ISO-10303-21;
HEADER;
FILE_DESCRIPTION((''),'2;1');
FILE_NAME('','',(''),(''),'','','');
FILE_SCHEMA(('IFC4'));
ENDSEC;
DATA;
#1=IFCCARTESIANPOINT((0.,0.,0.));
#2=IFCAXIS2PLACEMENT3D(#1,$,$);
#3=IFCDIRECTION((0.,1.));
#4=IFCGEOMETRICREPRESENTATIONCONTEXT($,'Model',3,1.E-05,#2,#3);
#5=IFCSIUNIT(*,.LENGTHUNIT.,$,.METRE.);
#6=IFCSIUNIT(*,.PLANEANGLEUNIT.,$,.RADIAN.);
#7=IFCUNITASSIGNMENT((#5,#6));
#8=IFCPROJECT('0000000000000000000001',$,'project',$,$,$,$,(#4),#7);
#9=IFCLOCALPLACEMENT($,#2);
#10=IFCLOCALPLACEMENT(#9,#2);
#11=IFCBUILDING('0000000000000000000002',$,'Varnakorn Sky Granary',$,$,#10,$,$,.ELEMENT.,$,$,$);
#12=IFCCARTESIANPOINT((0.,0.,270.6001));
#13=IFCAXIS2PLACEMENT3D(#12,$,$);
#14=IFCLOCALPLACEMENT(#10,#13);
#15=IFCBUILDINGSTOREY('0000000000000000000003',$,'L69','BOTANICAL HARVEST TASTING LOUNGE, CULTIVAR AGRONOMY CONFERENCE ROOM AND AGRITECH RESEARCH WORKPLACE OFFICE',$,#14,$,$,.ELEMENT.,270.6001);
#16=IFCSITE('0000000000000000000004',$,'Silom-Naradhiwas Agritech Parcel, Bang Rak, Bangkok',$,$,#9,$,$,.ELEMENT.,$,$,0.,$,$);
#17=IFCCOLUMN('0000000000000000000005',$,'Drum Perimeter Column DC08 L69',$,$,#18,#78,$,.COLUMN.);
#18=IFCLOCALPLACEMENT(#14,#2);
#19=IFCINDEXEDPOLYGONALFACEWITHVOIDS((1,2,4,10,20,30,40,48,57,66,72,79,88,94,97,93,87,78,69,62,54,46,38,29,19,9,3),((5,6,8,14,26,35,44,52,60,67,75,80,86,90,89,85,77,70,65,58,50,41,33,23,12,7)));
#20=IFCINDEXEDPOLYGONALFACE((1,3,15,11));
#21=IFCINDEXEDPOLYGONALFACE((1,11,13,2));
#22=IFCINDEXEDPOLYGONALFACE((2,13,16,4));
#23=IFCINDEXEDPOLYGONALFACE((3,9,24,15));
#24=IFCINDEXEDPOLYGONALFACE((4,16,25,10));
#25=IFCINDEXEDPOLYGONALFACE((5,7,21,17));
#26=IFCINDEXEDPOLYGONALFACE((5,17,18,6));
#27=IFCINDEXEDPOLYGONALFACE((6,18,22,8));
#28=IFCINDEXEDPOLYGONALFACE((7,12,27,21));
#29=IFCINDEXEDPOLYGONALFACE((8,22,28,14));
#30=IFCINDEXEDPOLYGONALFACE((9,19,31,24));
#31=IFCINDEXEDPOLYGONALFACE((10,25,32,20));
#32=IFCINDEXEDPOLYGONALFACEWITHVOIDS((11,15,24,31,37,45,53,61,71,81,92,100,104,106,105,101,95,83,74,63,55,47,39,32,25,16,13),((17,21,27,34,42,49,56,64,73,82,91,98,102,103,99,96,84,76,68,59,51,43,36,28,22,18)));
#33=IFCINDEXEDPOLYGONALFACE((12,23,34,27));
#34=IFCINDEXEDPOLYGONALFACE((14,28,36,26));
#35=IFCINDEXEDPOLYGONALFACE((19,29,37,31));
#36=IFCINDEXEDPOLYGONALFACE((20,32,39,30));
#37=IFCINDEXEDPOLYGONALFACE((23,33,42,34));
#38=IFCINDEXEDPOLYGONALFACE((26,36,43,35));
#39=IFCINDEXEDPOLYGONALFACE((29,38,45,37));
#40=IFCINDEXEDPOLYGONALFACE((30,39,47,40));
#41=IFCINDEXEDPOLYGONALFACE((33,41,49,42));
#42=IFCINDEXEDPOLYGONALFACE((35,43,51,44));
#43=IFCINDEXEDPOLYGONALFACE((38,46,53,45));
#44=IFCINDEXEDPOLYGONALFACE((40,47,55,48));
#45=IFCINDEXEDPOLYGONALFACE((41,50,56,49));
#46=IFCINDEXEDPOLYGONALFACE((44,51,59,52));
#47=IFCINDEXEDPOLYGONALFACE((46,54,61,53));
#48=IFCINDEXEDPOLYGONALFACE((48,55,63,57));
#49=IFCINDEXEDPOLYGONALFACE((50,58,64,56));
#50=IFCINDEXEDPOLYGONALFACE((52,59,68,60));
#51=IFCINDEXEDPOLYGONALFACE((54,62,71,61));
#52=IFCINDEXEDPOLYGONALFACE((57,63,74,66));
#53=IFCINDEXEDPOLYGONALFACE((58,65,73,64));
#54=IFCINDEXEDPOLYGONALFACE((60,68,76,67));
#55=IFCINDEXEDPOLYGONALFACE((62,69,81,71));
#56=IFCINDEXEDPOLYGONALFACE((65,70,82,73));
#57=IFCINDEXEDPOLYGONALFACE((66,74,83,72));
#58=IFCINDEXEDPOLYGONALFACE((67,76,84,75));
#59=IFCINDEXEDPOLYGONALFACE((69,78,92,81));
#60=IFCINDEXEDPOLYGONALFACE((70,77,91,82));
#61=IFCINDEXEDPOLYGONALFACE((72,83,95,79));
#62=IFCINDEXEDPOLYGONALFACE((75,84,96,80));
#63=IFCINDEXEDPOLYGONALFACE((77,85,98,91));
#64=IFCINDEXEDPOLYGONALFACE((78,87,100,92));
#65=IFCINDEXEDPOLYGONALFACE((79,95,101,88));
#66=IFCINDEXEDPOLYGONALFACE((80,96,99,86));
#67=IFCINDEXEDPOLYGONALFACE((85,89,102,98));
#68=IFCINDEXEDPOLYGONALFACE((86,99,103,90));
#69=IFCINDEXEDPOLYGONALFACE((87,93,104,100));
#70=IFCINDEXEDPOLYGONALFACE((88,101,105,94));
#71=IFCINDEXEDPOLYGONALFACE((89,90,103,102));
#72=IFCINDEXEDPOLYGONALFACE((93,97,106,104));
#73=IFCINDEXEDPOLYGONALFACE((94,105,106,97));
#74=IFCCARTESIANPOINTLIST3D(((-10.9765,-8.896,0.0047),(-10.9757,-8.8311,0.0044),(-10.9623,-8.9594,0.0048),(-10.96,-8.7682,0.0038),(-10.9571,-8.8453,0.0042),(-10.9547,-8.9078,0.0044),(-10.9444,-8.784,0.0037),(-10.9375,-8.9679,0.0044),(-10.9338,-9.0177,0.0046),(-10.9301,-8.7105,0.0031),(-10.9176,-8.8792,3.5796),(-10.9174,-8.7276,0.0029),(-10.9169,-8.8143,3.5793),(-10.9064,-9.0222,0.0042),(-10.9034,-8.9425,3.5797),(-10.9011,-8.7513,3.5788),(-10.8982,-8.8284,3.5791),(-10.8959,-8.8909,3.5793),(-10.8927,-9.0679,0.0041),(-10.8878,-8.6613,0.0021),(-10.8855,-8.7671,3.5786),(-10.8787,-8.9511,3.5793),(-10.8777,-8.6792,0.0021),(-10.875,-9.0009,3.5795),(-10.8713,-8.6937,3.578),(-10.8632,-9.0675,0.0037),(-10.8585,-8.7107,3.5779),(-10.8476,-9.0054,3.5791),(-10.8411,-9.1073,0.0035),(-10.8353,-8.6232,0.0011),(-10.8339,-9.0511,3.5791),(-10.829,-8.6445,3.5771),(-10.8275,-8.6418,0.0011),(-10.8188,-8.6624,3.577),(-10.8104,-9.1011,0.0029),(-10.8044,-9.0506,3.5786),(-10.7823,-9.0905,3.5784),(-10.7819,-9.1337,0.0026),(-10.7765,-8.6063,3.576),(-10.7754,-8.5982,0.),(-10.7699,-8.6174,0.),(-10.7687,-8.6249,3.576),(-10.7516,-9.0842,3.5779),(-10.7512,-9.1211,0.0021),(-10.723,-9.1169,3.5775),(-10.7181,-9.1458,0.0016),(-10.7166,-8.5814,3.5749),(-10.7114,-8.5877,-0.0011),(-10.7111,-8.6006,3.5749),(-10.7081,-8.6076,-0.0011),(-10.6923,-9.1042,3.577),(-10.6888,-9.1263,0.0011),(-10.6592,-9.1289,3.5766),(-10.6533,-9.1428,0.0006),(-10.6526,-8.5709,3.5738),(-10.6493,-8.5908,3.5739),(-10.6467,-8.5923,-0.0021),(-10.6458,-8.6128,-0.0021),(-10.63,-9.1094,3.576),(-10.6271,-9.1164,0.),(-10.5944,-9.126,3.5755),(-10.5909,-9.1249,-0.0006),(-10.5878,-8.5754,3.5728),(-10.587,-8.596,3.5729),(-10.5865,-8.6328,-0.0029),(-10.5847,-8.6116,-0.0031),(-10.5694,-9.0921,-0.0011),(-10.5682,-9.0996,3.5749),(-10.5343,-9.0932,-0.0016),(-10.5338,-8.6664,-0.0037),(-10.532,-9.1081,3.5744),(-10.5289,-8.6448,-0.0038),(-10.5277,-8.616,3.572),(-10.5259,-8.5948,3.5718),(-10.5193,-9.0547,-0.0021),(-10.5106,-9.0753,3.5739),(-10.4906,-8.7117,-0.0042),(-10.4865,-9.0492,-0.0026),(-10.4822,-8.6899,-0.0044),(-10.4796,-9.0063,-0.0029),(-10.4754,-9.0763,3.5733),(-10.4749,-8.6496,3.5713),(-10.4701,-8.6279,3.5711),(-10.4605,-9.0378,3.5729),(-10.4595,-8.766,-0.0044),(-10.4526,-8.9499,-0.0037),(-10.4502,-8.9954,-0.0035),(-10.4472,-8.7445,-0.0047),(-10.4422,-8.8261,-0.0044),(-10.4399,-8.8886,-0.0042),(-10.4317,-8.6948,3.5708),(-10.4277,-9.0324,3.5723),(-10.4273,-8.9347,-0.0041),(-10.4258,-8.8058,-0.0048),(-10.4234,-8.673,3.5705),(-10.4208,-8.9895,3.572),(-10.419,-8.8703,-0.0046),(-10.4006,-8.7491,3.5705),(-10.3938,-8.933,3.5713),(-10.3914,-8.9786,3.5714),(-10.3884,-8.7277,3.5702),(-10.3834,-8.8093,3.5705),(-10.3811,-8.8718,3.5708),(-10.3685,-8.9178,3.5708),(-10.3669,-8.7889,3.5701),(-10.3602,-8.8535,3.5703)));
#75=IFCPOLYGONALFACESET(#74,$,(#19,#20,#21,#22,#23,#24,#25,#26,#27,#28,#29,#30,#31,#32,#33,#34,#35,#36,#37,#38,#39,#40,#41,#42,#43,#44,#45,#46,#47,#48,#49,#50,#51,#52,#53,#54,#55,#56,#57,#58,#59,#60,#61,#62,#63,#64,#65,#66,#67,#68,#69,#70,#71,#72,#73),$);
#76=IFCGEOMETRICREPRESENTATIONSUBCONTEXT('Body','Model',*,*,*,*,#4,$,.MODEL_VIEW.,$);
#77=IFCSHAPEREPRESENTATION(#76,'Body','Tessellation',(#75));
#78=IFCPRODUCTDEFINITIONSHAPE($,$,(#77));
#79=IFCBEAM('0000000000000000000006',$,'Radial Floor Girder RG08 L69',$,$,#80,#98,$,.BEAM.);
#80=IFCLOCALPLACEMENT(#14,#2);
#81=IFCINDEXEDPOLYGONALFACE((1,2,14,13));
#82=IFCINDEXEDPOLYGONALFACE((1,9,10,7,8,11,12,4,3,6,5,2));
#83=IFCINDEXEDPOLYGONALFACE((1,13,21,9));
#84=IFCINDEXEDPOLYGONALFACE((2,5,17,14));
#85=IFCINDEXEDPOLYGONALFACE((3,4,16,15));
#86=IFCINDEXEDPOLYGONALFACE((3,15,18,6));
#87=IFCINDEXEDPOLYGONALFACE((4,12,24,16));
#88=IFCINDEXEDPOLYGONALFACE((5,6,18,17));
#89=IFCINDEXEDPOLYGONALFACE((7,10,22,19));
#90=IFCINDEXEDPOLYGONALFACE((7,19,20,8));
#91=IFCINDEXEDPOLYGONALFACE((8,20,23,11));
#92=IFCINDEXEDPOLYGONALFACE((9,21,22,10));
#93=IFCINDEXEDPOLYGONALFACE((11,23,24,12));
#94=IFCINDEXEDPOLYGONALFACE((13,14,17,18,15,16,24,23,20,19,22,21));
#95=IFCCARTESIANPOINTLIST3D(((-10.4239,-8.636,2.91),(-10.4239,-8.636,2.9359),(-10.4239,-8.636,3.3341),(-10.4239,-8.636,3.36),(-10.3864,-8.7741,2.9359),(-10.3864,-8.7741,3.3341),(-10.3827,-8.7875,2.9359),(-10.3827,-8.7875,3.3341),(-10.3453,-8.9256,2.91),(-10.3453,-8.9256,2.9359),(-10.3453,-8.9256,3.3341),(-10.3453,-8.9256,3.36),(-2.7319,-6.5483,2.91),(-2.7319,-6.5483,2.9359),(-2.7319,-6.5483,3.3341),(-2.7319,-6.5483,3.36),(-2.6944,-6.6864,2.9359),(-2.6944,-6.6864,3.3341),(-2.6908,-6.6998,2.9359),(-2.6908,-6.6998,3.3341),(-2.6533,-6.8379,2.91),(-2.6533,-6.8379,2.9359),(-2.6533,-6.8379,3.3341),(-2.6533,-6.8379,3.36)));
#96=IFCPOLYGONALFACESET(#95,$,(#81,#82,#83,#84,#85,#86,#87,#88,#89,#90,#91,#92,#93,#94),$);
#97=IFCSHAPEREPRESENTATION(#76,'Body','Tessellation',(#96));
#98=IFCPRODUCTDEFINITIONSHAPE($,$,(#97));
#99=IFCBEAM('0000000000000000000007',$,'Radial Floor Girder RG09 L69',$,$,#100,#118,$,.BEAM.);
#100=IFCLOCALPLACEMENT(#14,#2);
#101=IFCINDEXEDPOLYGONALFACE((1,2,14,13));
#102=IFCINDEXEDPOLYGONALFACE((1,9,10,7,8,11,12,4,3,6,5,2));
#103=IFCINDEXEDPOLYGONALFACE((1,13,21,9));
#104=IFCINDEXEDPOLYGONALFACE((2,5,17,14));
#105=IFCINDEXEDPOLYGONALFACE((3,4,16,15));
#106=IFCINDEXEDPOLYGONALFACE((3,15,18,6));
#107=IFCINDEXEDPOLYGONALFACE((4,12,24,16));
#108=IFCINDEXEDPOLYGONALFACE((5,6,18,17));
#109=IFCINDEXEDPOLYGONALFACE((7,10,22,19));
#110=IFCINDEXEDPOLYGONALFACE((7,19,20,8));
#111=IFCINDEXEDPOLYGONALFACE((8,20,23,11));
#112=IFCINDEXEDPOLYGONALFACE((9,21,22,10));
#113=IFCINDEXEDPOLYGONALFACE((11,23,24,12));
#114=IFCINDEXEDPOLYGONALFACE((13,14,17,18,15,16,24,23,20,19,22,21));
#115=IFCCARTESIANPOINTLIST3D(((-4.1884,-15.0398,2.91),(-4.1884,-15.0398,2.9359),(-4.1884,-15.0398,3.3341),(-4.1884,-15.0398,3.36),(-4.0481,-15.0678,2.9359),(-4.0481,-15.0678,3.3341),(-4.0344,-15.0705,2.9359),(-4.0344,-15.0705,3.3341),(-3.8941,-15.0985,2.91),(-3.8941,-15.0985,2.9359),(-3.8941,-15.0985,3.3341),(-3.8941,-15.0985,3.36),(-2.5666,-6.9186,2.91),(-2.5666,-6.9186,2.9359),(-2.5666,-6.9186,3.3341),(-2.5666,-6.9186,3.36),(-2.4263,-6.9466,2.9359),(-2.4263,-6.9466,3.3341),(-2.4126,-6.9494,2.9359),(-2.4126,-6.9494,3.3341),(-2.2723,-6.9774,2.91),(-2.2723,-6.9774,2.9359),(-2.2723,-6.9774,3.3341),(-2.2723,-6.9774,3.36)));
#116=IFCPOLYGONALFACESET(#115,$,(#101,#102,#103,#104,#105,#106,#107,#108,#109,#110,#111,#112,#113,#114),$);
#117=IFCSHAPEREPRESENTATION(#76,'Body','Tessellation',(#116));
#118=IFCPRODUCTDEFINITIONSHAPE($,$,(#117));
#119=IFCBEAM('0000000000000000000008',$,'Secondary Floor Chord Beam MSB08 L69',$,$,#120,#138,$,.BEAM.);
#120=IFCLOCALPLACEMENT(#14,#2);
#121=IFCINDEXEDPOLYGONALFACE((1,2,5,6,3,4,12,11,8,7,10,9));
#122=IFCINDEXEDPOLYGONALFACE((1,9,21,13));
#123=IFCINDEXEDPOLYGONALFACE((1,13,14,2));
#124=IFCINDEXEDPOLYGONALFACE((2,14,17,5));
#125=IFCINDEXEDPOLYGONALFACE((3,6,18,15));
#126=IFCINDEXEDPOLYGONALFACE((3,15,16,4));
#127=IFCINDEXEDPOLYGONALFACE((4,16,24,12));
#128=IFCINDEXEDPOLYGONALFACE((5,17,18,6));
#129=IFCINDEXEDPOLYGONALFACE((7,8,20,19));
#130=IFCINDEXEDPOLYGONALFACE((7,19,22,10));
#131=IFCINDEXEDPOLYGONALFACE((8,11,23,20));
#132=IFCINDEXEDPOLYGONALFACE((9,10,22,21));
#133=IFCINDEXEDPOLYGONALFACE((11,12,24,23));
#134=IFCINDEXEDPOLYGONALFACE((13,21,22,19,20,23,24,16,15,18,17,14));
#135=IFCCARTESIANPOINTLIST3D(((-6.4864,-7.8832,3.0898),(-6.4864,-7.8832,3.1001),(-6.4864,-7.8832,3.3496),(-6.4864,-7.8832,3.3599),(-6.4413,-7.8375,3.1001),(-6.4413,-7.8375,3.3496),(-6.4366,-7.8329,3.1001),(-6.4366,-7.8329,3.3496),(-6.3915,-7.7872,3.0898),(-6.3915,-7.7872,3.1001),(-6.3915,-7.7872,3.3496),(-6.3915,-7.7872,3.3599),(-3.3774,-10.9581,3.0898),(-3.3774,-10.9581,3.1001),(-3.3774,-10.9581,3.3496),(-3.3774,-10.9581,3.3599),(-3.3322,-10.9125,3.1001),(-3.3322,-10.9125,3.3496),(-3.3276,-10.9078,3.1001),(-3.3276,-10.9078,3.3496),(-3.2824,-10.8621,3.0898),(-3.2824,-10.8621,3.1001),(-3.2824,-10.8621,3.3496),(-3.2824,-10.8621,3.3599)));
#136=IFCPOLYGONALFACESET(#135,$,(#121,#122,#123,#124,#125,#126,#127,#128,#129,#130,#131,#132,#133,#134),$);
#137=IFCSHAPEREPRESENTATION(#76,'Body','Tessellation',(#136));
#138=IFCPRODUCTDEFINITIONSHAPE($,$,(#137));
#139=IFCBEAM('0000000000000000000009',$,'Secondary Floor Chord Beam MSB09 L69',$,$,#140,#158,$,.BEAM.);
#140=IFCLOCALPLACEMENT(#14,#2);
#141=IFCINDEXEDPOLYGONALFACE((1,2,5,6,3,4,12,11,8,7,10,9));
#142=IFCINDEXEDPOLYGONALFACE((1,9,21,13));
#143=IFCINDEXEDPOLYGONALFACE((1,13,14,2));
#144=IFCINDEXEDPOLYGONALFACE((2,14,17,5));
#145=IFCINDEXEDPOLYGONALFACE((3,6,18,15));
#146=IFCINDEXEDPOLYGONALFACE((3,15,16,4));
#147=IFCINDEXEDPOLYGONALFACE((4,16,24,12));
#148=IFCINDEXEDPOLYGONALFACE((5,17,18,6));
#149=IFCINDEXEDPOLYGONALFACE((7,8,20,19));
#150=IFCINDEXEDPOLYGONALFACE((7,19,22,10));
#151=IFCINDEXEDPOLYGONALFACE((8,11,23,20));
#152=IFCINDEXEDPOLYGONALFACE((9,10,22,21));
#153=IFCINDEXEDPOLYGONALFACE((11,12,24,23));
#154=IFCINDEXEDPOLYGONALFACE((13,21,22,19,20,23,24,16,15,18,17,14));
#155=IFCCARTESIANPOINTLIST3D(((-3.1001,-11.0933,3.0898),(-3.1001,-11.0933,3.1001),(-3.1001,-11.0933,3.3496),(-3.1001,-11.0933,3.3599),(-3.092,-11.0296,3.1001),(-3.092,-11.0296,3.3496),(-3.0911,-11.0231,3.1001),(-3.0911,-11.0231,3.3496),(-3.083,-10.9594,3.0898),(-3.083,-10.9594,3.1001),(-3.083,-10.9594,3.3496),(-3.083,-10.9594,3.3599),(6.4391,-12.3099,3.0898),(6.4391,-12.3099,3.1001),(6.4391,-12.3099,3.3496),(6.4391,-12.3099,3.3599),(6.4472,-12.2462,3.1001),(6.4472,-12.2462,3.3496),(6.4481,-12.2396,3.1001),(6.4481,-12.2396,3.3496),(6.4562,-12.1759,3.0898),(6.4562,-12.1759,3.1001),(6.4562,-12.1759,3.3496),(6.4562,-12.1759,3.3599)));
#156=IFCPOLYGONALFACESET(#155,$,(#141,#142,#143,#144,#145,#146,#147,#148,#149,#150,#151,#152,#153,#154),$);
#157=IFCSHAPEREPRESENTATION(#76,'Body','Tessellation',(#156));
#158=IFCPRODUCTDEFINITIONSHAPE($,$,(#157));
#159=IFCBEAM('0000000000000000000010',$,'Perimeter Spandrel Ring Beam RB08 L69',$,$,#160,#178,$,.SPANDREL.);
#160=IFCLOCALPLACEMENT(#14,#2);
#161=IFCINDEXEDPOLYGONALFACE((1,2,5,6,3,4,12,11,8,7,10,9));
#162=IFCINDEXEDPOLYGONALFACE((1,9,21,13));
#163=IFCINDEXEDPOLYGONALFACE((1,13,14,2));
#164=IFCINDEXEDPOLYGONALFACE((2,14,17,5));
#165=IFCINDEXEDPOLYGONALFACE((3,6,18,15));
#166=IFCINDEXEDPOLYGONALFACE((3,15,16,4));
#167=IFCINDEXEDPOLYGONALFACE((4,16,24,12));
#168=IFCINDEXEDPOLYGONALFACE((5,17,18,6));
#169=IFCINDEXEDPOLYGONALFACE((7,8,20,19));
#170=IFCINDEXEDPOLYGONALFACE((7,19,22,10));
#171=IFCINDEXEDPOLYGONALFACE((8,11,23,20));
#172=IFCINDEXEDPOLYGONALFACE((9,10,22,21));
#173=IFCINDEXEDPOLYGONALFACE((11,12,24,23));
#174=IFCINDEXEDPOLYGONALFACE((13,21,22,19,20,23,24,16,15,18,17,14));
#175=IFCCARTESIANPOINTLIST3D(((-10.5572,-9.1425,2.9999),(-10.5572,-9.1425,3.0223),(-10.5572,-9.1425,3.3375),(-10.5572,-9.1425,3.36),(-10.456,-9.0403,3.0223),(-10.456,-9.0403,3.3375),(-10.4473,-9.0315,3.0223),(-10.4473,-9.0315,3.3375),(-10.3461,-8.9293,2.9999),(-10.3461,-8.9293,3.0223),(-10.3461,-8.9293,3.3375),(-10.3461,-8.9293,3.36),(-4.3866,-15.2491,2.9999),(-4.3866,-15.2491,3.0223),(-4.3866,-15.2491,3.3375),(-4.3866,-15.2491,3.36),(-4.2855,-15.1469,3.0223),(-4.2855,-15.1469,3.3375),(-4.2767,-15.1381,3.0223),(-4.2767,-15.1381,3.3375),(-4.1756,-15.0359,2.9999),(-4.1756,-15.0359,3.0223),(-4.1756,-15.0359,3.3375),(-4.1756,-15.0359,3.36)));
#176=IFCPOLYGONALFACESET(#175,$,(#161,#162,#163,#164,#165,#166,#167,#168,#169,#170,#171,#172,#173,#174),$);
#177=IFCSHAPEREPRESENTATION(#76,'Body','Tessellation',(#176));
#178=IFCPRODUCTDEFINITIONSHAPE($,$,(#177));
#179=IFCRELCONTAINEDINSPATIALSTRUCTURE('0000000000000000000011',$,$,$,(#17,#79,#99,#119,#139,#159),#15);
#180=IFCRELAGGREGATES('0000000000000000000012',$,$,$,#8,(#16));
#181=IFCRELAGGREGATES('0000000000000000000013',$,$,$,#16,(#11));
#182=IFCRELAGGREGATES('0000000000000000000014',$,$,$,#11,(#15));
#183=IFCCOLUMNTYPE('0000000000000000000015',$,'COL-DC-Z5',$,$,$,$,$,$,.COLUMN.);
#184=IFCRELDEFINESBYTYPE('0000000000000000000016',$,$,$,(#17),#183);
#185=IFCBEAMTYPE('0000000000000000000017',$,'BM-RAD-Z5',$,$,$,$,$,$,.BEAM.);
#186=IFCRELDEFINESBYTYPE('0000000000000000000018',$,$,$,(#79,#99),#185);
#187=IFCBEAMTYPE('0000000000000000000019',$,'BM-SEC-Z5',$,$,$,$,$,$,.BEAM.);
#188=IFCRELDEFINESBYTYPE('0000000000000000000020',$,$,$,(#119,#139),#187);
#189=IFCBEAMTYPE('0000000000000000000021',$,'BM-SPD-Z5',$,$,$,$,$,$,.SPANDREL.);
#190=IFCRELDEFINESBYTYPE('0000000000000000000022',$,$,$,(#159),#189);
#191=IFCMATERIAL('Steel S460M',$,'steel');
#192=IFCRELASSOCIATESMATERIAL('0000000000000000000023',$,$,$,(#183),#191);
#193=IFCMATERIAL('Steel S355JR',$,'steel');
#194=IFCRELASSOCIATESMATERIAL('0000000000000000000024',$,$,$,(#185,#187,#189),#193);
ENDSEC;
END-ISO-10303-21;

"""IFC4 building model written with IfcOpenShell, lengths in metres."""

from ifc_helpers import new_model, si_unit, direction, frame, origin, origin_2d, place, context, subcontext, project, spatial, hollow_circle, i_section, extrude, material, material_profile, profile_set, type_object, element, save


model = new_model("IFC4")

# Units and contexts
model_context = context("Model", 3, precision=1e-05, world=origin(), true_north=direction((0.0, 1.0)))
body_context = subcontext(model_context, "Body", "Model", "MODEL_VIEW")
ifc_project = project(units=[si_unit("LENGTHUNIT", "METRE"), si_unit("PLANEANGLEUNIT", "RADIAN")], contexts=[model_context])

# Site, building, storey
site_placement = place(None, origin())
site = spatial("IfcSite", under=ifc_project, at=site_placement, Name="Silom-Naradhiwas Agritech Parcel, Bang Rak, Bangkok", CompositionType="ELEMENT", RefElevation=0.0)
building_placement = place(site_placement, origin())
building = spatial("IfcBuilding", under=site, at=building_placement, Name="Varnakorn Sky Granary", CompositionType="ELEMENT")
storey_placement = place(building_placement, frame((0.0, 0.0, 270.6001)))
storey = spatial("IfcBuildingStorey", under=building, at=storey_placement, Name="L69", Description="BOTANICAL HARVEST TASTING LOUNGE, CULTIVAR AGRONOMY CONFERENCE ROOM AND AGRITECH RESEARCH WORKPLACE OFFICE", CompositionType="ELEMENT", Elevation=270.6001)

# Column
ifc_material_1 = material(Name="Steel S460M", Category="steel")
ifc_material_profile_1 = material_profile(ifc_material_1, hollow_circle(Radius=0.2795, WallThickness=0.02, at=origin_2d()), Name="CHS 559x20")
ifc_profile_set_1 = profile_set([ifc_material_profile_1], Name="Steel S460M")
column_type = type_object("IfcColumnType", Name="COL-DC-Z5", PredefinedType="COLUMN", material=ifc_profile_set_1)
column_placement = place(storey_placement, frame((-10.6985, -8.8669, 0.0), z_axis=(0.016456, 0.004711, 0.999853), x_axis=(-0.275248, 0.961373, 0.0)))
element("IfcColumn", 1, at=column_placement, inside=storey, type_object=column_type, Name="Drum Perimeter Column DC08 L69", PredefinedType="COLUMN", context=body_context, shape_type="SweptSolid", body=[
    extrude(hollow_circle(Radius=0.2795, WallThickness=0.02, at=origin_2d()), origin(), (0.0, 0.0, 1.0), 3.5754),
])

# Beams
ifc_material_2 = material(Name="Steel S355JR", Category="steel")
ifc_material_profile_2 = material_profile(ifc_material_2, i_section(OverallWidth=0.3, OverallDepth=0.45, WebThickness=0.0139, FlangeThickness=0.0259, at=origin_2d()), Name="HE 450 B")
ifc_profile_set_2 = profile_set([ifc_material_profile_2], Name="Steel S355JR")
beam_type_1 = type_object("IfcBeamType", Name="BM-RAD-Z5", PredefinedType="BEAM", material=ifc_profile_set_2)
beam_1_placement = place(storey_placement, frame((-2.6926, -6.6931, 3.135), z_axis=(-0.965086, -0.261933, 0.0), x_axis=(0.261933, -0.965086, 0.0)))
element("IfcBeam", 2, at=beam_1_placement, inside=storey, type_object=beam_type_1, Name="Radial Floor Girder RG08 L69", PredefinedType="BEAM", context=body_context, shape_type="SweptSolid", body=[
    extrude(i_section(OverallWidth=0.3, OverallDepth=0.45, WebThickness=0.0139, FlangeThickness=0.0259, at=origin_2d()), origin(), (0.0, 0.0, 1.0), 7.9702),
])
beam_2_placement = place(storey_placement, frame((-2.4194, -6.948, 3.135), z_axis=(-0.195838, -0.980636, 0.0), x_axis=(0.980636, -0.195838, 0.0)))
element("IfcBeam", 3, at=beam_2_placement, inside=storey, type_object=beam_type_1, Name="Radial Floor Girder RG09 L69", PredefinedType="BEAM", context=body_context, shape_type="SweptSolid", body=[
    extrude(i_section(OverallWidth=0.3, OverallDepth=0.45, WebThickness=0.0139, FlangeThickness=0.0259, at=origin_2d()), origin(), (0.0, 0.0, 1.0), 8.2815),
])
ifc_material_profile_3 = material_profile(ifc_material_2, i_section(OverallWidth=0.135, OverallDepth=0.27, WebThickness=0.0066, FlangeThickness=0.0103, at=origin_2d()), Name="IPE 270")
ifc_profile_set_3 = profile_set([ifc_material_profile_3], Name="Steel S355JR")
beam_type_2 = type_object("IfcBeamType", Name="BM-SEC-Z5", PredefinedType="BEAM", material=ifc_profile_set_3)
beam_3_placement = place(storey_placement, frame((-6.439, -7.8352, 3.2249), z_axis=(0.711004, -0.703188, 0.0), x_axis=(0.703188, 0.711004, 0.0)))
element("IfcBeam", 4, at=beam_3_placement, inside=storey, type_object=beam_type_2, Name="Secondary Floor Chord Beam MSB08 L69", PredefinedType="BEAM", context=body_context, shape_type="SweptSolid", body=[
    extrude(i_section(OverallWidth=0.135, OverallDepth=0.27, WebThickness=0.0066, FlangeThickness=0.0103, at=origin_2d()), origin(), (0.0, 0.0, 1.0), 4.3728),
])
beam_4_placement = place(storey_placement, frame((-3.0916, -11.0264, 3.2249), z_axis=(0.991966, -0.126506, 0.0), x_axis=(0.126506, 0.991966, 0.0)))
element("IfcBeam", 5, at=beam_4_placement, inside=storey, type_object=beam_type_2, Name="Secondary Floor Chord Beam MSB09 L69", PredefinedType="BEAM", context=body_context, shape_type="SweptSolid", body=[
    extrude(i_section(OverallWidth=0.135, OverallDepth=0.27, WebThickness=0.0066, FlangeThickness=0.0103, at=origin_2d()), origin(), (0.0, 0.0, 1.0), 9.6165),
])
ifc_material_profile_4 = material_profile(ifc_material_2, i_section(OverallWidth=0.3, OverallDepth=0.3601, WebThickness=0.0125, FlangeThickness=0.0225, at=origin_2d()), Name="HE 360 B")
ifc_profile_set_4 = profile_set([ifc_material_profile_4], Name="Steel S355JR")
beam_type_3 = type_object("IfcBeamType", Name="BM-SPD-Z5", PredefinedType="SPANDREL", material=ifc_profile_set_4)
beam_5_placement = place(storey_placement, frame((-10.4517, -9.0359, 3.1799), z_axis=(0.710781, -0.703413, 0.0), x_axis=(0.703413, 0.710781, 0.0)))
element("IfcBeam", 6, at=beam_5_placement, inside=storey, type_object=beam_type_3, Name="Perimeter Spandrel Ring Beam RB08 L69", PredefinedType="SPANDREL", context=body_context, shape_type="SweptSolid", body=[
    extrude(i_section(OverallWidth=0.3, OverallDepth=0.3601, WebThickness=0.0125, FlangeThickness=0.0225, at=origin_2d()), origin(), (0.0, 0.0, 1.0), 8.6814),
])

save(model, "model.ifc")
